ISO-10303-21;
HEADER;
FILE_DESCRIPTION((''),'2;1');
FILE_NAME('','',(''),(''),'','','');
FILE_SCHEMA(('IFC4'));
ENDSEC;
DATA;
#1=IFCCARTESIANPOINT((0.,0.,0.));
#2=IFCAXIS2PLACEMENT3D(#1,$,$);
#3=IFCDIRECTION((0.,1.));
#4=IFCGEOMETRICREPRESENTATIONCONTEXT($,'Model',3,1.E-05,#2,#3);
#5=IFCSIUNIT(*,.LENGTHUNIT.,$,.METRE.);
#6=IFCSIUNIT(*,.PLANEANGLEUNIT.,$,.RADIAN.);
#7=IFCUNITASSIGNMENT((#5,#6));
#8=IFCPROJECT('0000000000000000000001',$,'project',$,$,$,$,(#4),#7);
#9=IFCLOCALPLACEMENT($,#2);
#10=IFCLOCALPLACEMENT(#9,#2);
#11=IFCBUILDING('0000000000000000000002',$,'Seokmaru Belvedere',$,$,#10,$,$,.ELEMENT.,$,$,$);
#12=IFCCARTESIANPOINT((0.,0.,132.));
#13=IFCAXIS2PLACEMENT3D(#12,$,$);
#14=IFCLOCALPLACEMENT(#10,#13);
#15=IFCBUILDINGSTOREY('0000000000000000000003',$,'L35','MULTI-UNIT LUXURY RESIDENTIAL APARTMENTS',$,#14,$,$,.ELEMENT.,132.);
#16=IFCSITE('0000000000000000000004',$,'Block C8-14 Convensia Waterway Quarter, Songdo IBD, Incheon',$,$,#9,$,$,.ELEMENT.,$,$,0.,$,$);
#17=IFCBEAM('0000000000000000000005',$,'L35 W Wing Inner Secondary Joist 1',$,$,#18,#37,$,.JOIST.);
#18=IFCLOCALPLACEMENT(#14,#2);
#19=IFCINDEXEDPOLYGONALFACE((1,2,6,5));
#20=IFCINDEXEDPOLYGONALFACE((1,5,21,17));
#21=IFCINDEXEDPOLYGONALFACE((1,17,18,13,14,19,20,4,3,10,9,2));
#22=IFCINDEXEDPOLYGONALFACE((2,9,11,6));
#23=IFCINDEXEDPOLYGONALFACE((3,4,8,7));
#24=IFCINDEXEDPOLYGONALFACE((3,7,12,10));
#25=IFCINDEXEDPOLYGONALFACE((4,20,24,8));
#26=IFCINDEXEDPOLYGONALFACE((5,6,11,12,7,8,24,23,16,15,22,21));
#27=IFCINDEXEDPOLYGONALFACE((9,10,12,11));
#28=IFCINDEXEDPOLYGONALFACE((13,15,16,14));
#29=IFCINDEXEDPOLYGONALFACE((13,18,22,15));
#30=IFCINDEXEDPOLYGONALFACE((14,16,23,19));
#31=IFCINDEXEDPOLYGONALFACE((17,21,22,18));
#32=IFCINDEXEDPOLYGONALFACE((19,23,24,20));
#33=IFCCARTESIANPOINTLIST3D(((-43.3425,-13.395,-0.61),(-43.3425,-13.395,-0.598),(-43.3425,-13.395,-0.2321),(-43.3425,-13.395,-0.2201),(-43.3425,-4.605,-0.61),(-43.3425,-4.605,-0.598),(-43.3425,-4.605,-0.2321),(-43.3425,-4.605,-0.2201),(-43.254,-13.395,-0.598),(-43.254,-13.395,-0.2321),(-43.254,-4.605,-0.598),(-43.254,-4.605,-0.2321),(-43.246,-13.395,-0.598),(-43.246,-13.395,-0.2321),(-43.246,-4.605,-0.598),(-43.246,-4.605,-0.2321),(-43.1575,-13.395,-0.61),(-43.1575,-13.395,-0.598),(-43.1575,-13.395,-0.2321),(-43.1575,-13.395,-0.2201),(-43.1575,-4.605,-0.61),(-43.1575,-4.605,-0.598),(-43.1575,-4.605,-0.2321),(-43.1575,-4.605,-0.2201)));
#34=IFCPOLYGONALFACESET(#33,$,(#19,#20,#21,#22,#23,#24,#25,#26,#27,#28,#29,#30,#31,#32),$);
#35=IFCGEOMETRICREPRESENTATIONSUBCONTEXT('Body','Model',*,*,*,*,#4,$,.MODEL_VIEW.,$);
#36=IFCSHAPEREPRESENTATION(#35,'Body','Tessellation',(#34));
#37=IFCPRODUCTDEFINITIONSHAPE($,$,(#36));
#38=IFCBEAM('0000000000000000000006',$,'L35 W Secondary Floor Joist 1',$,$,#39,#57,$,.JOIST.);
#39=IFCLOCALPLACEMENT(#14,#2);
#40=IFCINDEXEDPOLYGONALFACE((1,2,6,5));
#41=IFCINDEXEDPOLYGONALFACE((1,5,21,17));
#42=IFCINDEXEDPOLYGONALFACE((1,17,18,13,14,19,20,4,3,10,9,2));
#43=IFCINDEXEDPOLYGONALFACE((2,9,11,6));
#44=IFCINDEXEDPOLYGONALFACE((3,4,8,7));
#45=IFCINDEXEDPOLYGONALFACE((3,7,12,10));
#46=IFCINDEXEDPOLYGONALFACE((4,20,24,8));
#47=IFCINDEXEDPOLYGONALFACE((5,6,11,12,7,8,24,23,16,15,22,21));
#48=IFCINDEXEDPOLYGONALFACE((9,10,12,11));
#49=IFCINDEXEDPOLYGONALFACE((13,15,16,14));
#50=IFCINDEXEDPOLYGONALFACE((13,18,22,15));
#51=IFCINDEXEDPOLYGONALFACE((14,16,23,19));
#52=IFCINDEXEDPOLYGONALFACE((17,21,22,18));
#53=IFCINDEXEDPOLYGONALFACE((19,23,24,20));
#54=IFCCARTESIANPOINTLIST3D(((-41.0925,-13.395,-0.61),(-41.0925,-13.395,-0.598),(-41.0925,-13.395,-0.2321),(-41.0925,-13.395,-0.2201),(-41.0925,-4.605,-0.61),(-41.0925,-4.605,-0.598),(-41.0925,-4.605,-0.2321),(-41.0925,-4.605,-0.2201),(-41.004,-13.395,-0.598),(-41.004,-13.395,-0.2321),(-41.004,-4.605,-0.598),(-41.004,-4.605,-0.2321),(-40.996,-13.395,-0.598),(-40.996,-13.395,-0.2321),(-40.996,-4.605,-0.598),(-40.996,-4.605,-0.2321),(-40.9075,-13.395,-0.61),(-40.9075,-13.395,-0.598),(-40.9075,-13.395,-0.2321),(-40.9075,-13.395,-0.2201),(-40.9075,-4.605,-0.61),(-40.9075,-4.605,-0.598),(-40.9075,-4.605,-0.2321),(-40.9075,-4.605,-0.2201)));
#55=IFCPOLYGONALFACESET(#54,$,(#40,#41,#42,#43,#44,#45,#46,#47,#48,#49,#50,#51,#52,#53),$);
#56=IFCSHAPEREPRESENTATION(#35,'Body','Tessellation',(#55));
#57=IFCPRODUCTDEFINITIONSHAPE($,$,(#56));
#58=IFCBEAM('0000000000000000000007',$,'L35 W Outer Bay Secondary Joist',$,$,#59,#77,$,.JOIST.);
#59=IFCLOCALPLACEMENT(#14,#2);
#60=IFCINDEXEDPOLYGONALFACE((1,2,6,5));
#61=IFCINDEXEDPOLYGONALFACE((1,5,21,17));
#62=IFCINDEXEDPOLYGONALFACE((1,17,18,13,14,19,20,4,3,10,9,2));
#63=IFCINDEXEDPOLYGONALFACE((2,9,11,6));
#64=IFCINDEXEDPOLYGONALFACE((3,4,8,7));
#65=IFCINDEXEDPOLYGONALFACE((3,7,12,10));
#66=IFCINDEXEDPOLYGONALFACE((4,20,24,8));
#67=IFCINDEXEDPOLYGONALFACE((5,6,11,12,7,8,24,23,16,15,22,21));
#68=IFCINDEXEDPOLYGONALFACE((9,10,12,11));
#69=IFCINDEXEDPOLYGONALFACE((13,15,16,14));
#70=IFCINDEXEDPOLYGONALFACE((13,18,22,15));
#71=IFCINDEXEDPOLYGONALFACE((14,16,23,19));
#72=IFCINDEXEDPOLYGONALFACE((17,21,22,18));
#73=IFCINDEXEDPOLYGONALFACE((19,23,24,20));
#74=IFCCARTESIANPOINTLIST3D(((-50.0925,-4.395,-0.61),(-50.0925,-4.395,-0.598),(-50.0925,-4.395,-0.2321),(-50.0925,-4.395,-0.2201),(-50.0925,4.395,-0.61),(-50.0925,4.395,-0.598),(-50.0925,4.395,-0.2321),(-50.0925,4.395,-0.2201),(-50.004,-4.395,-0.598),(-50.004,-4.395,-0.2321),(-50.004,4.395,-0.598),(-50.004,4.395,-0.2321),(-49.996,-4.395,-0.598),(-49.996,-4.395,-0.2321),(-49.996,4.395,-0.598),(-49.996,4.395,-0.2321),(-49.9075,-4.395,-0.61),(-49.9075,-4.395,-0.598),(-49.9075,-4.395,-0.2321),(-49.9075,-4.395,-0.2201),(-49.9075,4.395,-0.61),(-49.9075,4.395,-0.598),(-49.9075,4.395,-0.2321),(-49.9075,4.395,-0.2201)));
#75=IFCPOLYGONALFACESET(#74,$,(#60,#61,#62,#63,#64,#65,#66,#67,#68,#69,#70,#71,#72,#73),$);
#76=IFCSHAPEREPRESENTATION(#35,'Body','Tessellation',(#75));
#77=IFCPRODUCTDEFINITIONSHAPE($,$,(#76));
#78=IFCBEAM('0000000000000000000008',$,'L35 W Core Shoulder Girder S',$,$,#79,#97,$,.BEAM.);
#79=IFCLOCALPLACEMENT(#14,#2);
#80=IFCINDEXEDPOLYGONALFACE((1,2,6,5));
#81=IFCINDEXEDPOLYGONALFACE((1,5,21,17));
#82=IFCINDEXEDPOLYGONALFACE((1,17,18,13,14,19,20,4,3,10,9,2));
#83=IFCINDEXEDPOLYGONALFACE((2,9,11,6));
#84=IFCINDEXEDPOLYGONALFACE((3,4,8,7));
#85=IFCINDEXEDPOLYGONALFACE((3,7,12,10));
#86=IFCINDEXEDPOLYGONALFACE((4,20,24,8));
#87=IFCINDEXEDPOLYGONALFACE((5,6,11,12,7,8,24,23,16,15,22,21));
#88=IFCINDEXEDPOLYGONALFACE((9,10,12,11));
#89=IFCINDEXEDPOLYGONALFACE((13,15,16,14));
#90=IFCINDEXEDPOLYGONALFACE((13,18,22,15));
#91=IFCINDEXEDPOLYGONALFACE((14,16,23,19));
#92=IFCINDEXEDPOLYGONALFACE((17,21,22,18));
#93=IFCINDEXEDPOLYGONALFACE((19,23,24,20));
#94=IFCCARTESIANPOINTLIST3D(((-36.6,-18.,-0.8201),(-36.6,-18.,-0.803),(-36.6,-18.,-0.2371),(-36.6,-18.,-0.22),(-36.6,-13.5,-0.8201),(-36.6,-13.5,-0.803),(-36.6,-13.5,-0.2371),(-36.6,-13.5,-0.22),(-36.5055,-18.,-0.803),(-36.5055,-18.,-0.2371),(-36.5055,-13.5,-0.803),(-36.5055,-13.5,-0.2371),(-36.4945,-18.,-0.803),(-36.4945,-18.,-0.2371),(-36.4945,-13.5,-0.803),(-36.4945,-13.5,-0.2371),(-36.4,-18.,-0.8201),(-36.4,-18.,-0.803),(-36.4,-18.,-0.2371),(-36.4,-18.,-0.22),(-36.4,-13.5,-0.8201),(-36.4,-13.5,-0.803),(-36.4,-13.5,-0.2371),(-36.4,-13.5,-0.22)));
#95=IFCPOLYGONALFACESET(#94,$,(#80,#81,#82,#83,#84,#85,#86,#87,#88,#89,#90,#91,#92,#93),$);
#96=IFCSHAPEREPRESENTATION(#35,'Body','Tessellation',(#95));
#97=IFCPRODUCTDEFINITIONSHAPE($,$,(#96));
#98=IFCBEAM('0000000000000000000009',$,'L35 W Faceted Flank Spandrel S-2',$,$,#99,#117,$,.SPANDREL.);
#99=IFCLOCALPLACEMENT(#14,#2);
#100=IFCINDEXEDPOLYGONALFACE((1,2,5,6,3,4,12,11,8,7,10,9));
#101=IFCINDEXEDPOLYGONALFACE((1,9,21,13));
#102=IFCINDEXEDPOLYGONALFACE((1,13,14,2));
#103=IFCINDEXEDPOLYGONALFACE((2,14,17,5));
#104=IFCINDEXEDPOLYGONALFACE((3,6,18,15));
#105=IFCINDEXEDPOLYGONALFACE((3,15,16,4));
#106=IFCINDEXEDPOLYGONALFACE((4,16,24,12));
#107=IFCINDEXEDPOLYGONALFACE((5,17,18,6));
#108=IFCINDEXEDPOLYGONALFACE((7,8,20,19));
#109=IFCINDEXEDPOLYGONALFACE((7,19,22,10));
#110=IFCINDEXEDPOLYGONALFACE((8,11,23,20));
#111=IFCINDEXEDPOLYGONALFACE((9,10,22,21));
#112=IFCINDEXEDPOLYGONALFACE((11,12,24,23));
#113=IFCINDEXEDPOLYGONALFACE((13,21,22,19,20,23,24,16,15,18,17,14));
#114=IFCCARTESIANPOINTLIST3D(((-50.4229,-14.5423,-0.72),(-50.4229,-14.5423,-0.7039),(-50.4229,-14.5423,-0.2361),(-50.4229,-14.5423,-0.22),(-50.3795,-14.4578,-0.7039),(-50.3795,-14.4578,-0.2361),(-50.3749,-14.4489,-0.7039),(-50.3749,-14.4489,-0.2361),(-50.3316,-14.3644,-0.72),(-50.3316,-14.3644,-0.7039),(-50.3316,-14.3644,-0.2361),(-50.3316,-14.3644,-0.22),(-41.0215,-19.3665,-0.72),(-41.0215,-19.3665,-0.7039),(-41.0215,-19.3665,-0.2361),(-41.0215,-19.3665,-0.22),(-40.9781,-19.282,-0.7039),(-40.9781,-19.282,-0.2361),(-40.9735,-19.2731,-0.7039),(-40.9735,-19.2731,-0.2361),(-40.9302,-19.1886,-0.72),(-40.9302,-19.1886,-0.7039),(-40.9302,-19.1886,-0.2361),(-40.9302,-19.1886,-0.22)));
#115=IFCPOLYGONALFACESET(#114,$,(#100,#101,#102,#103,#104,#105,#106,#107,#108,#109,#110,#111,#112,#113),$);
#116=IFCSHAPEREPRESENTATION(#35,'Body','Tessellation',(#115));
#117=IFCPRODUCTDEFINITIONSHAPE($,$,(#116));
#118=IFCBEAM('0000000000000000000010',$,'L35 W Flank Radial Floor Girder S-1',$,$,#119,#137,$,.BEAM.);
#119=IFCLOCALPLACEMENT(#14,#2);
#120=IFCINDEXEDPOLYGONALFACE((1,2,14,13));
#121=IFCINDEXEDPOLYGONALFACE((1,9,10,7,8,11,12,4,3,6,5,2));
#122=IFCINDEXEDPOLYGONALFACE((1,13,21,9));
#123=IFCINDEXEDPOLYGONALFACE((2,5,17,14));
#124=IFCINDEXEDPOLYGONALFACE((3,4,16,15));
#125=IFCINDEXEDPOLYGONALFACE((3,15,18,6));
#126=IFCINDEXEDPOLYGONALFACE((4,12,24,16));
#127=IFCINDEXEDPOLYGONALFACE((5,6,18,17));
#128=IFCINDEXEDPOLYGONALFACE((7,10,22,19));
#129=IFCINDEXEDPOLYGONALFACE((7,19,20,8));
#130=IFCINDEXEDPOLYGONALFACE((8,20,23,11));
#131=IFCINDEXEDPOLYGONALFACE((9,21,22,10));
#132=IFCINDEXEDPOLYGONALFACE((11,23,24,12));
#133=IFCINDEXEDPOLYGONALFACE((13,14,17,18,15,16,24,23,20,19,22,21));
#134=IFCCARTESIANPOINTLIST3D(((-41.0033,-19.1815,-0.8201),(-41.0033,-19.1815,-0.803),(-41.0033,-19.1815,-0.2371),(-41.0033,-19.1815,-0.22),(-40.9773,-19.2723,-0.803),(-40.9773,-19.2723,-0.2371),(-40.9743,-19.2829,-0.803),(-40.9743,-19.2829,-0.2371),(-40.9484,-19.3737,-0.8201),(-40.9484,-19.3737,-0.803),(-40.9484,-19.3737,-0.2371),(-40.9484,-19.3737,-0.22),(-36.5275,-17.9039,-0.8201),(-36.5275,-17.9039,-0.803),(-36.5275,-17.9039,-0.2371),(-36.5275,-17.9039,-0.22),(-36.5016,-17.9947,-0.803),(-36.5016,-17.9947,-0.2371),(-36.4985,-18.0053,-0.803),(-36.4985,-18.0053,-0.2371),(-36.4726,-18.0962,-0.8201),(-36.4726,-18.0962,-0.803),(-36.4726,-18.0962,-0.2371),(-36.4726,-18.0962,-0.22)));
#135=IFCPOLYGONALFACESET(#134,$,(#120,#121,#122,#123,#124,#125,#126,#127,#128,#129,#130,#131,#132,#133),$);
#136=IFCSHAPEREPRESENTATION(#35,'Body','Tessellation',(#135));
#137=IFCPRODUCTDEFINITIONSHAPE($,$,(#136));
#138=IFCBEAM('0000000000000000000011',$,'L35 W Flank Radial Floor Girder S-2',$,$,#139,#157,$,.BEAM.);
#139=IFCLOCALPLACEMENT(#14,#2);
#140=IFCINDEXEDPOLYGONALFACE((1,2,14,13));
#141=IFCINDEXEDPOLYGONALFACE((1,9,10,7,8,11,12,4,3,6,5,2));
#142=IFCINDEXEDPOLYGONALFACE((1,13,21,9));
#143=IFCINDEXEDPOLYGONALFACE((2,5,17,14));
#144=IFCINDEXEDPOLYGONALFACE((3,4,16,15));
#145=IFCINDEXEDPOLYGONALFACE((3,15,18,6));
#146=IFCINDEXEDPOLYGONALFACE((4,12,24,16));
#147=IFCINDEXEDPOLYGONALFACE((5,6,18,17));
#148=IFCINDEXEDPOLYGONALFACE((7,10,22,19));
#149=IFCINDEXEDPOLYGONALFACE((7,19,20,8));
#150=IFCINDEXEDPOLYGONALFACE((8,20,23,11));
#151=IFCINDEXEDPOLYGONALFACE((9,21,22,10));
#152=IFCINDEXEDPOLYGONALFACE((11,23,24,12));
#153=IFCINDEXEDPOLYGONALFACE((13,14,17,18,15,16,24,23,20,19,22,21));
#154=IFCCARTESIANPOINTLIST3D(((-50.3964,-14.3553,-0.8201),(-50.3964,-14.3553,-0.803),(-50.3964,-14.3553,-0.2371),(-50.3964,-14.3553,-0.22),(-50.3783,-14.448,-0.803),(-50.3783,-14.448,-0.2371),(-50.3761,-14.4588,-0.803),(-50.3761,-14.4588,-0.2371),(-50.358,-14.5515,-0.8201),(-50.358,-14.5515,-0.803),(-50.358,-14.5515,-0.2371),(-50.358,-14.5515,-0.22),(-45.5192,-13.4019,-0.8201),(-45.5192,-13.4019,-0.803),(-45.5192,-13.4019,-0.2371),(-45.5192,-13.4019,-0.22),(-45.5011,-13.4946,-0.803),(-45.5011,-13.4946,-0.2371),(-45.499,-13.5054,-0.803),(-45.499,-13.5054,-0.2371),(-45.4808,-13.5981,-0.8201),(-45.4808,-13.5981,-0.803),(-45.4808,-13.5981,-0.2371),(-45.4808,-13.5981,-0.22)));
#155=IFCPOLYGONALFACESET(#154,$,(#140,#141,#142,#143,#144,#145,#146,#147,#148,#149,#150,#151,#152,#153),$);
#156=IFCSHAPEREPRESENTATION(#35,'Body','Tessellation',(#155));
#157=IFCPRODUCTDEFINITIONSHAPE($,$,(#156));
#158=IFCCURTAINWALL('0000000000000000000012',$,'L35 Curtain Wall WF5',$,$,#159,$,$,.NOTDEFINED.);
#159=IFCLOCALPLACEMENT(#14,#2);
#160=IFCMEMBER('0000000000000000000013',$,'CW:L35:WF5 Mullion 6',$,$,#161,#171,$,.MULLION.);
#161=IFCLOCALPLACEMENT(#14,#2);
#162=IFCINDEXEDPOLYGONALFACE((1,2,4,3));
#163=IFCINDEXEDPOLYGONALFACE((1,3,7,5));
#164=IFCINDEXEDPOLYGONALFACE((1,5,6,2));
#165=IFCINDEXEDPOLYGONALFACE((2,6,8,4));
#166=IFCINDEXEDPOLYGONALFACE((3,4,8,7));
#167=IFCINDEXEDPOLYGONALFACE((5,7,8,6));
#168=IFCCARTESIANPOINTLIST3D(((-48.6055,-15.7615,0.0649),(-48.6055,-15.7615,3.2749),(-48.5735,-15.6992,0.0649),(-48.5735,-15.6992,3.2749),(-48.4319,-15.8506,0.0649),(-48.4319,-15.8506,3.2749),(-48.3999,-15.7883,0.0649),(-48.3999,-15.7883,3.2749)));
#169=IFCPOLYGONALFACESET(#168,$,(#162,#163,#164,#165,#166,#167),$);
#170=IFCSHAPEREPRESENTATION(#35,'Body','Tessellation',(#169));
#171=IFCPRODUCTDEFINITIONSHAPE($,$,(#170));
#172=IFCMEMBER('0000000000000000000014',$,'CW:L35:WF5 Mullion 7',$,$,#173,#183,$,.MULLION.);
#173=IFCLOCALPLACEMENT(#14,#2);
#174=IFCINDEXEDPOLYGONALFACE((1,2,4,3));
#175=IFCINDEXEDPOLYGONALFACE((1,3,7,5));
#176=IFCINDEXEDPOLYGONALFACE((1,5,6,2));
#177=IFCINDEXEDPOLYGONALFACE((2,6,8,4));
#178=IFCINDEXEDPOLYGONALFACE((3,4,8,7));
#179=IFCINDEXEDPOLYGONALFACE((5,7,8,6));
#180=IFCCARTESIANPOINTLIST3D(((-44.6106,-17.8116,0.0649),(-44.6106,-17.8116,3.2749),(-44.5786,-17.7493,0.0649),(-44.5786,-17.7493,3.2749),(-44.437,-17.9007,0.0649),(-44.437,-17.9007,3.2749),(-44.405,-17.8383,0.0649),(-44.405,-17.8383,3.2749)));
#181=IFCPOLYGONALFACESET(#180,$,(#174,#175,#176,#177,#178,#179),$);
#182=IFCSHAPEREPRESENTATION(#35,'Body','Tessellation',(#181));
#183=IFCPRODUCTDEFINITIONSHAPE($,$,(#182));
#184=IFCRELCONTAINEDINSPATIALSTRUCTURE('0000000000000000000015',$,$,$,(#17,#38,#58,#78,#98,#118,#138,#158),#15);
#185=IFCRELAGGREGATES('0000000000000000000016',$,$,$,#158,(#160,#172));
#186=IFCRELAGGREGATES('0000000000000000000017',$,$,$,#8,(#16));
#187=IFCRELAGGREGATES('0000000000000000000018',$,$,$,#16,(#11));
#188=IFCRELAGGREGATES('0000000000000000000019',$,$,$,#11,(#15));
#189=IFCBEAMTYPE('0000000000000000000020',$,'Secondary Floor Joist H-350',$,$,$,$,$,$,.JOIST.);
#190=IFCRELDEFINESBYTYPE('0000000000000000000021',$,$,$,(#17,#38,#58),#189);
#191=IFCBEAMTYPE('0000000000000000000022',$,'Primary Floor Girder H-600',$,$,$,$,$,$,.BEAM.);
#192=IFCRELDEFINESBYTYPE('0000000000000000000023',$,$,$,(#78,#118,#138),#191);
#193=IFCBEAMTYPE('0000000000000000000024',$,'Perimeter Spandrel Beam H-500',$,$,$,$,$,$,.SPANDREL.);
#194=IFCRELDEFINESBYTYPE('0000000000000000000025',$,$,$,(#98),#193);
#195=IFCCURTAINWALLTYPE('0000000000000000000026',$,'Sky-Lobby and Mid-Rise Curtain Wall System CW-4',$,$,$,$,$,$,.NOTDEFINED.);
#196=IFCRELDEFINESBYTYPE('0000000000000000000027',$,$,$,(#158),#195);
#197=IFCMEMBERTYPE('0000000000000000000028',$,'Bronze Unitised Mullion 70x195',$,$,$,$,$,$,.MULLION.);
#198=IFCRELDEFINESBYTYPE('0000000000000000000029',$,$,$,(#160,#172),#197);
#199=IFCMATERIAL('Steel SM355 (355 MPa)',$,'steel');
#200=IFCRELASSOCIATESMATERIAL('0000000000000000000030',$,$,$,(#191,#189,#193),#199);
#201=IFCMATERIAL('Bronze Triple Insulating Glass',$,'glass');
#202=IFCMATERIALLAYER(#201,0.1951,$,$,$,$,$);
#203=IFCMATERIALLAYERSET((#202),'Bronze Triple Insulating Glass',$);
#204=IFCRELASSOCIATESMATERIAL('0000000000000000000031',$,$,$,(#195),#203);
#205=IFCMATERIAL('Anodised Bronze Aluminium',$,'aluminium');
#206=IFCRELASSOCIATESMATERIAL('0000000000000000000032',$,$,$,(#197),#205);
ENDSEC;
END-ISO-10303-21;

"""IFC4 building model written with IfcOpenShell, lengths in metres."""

from ifc_helpers import new_model, si_unit, direction, frame, origin, origin_2d, place, context, subcontext, project, spatial, rectangle, i_section, extrude, source, transform, mapped, material, layer, layer_set, material_profile, profile_set, type_object, type_shapes, element, aggregate, save


model = new_model("IFC4")

# Units and contexts
model_context = context("Model", 3, precision=1e-05, world=origin(), true_north=direction((0.0, 1.0)))
body_context = subcontext(model_context, "Body", "Model", "MODEL_VIEW")
ifc_project = project(units=[si_unit("LENGTHUNIT", "METRE"), si_unit("PLANEANGLEUNIT", "RADIAN")], contexts=[model_context])

# Site, building, storey
site_placement = place(None, origin())
site = spatial("IfcSite", under=ifc_project, at=site_placement, Name="Block C8-14 Convensia Waterway Quarter, Songdo IBD, Incheon", CompositionType="ELEMENT", RefElevation=0.0)
building_placement = place(site_placement, origin())
building = spatial("IfcBuilding", under=site, at=building_placement, Name="Seokmaru Belvedere", CompositionType="ELEMENT")
storey_placement = place(building_placement, frame((0.0, 0.0, 132.0)))
storey = spatial("IfcBuildingStorey", under=building, at=storey_placement, Name="L35", Description="MULTI-UNIT LUXURY RESIDENTIAL APARTMENTS", CompositionType="ELEMENT", Elevation=132.0)

# Shared definitions
ifc_material_1 = material(Name="Steel SM355 (355 MPa)", Category="steel")

# Beams
ifc_material_profile_1 = material_profile(ifc_material_1, i_section(OverallWidth=0.2, OverallDepth=0.6001, WebThickness=0.011, FlangeThickness=0.0171, at=origin_2d()), Name="H-600x200x11x17")
ifc_profile_set_1 = profile_set([ifc_material_profile_1], Name="Steel SM355 (355 MPa)")
beam_type_1 = type_object("IfcBeamType", Name="Primary Floor Girder H-600", PredefinedType="BEAM", material=ifc_profile_set_1)
ifc_material_profile_2 = material_profile(ifc_material_1, i_section(OverallWidth=0.1851, OverallDepth=0.3899, WebThickness=0.0081, FlangeThickness=0.012, at=origin_2d()), Name="H-390x185x8x12")
ifc_profile_set_2 = profile_set([ifc_material_profile_2], Name="Steel SM355 (355 MPa)")
beam_type_2 = type_object("IfcBeamType", Name="Secondary Floor Joist H-350", PredefinedType="JOIST", material=ifc_profile_set_2)
shared_shape_1 = source(origin(), body_context, "Body", "SweptSolid", [
    extrude(i_section(OverallWidth=0.1851, OverallDepth=0.3899, WebThickness=0.0081, FlangeThickness=0.012, at=origin_2d()), origin(), (0.0, 0.0, 1.0), 8.79),
])
type_shapes(beam_type_2, [shared_shape_1])
for number, where, z_axis, x_axis, name in (
    (1, (-43.25, -13.395, -0.415), (0.0, 1.0, 0.0), (-1.0, 0.0, 0.0), "L35 W Wing Inner Secondary Joist 1"),
    (2, (-41.0, -13.395, -0.415), (0.0, 1.0, 0.0), (-1.0, 0.0, 0.0), "L35 W Secondary Floor Joist 1"),
    (3, (-50.0, -4.395, -0.415), (0.0, 1.0, 0.0), (-1.0, 0.0, 0.0), "L35 W Outer Bay Secondary Joist"),
):
    element("IfcBeam", number, at=place(storey_placement, frame(where, z_axis=z_axis, x_axis=x_axis)), inside=storey, type_object=beam_type_2, Name=name, PredefinedType="JOIST", context=body_context, shape_type="MappedRepresentation", body=[
        mapped(shared_shape_1, transform((0.0, 0.0, 0.0), scale=1.0)),
    ])
shared_shape_2 = source(origin(), body_context, "Body", "SweptSolid", [
    extrude(i_section(OverallWidth=0.2, OverallDepth=0.6001, WebThickness=0.011, FlangeThickness=0.0171, at=origin_2d()), origin(), (0.0, 0.0, 1.0), 4.5),
])
beam_1_placement = place(storey_placement, frame((-36.5, -18.0, -0.52), z_axis=(0.0, 1.0, 0.0), x_axis=(-1.0, 0.0, 0.0)))
element("IfcBeam", 4, at=beam_1_placement, inside=storey, type_object=beam_type_1, Name="L35 W Core Shoulder Girder S", PredefinedType="BEAM", context=body_context, shape_type="MappedRepresentation", body=[
    mapped(shared_shape_2, transform((0.0, 0.0, 0.0), scale=1.0)),
])
ifc_material_profile_3 = material_profile(ifc_material_1, i_section(OverallWidth=0.2, OverallDepth=0.5, WebThickness=0.01, FlangeThickness=0.0161, at=origin_2d()), Name="H-500x200x10x16")
ifc_profile_set_3 = profile_set([ifc_material_profile_3], Name="Steel SM355 (355 MPa)")
beam_type_3 = type_object("IfcBeamType", Name="Perimeter Spandrel Beam H-500", PredefinedType="SPANDREL", material=ifc_profile_set_3)
shared_shape_3 = source(origin(), body_context, "Body", "SweptSolid", [
    extrude(i_section(OverallWidth=0.2, OverallDepth=0.5, WebThickness=0.01, FlangeThickness=0.0161, at=origin_2d()), origin(), (0.0, 0.0, 1.0), 10.5669),
])
type_shapes(beam_type_3, [shared_shape_3])
beam_2_placement = place(storey_placement, frame((-40.9758, -19.2776, -0.47), z_axis=(-0.889702, 0.456542, 0.0), x_axis=(-0.456542, -0.889702, 0.0)))
element("IfcBeam", 5, at=beam_2_placement, inside=storey, type_object=beam_type_3, Name="L35 W Faceted Flank Spandrel S-2", PredefinedType="SPANDREL", context=body_context, shape_type="MappedRepresentation", body=[
    mapped(shared_shape_3, transform((0.0, 0.0, 0.0), scale=1.0)),
])
shared_shape_4 = source(origin(), body_context, "Body", "SweptSolid", [
    extrude(i_section(OverallWidth=0.2, OverallDepth=0.6001, WebThickness=0.011, FlangeThickness=0.0171, at=origin_2d()), origin(), (0.0, 0.0, 1.0), 4.6545),
])
beam_3_placement = place(storey_placement, frame((-40.9758, -19.2776, -0.52), z_axis=(0.961593, 0.274479, 0.0), x_axis=(-0.274479, 0.961593, 0.0)))
element("IfcBeam", 6, at=beam_3_placement, inside=storey, type_object=beam_type_1, Name="L35 W Flank Radial Floor Girder S-1", PredefinedType="BEAM", context=body_context, shape_type="MappedRepresentation", body=[
    mapped(shared_shape_4, transform((0.0, 0.0, 0.0), scale=1.0)),
])
shared_shape_5 = source(origin(), body_context, "Body", "SweptSolid", [
    extrude(i_section(OverallWidth=0.2, OverallDepth=0.6001, WebThickness=0.011, FlangeThickness=0.0171, at=origin_2d()), origin(), (0.0, 0.0, 1.0), 4.9695),
])
beam_4_placement = place(storey_placement, frame((-50.3772, -14.4534, -0.52), z_axis=(0.981425, 0.191844, 0.0), x_axis=(-0.191844, 0.981425, 0.0)))
element("IfcBeam", 7, at=beam_4_placement, inside=storey, type_object=beam_type_1, Name="L35 W Flank Radial Floor Girder S-2", PredefinedType="BEAM", context=body_context, shape_type="MappedRepresentation", body=[
    mapped(shared_shape_5, transform((0.0, 0.0, 0.0), scale=1.0)),
])

# Curtain wall, members
ifc_material_2 = material(Name="Bronze Triple Insulating Glass", Category="glass")
ifc_layer_1 = layer(ifc_material_2, 0.1951)
ifc_layer_set_1 = layer_set([ifc_layer_1], Name="Bronze Triple Insulating Glass")
curtain_wall_type = type_object("IfcCurtainWallType", Name="Sky-Lobby and Mid-Rise Curtain Wall System CW-4", PredefinedType="NOTDEFINED", material=ifc_layer_set_1)
curtain_wall_placement = place(storey_placement, origin())
curtain_wall = element("IfcCurtainWall", 8, at=curtain_wall_placement, inside=storey, type_object=curtain_wall_type, Name="L35 Curtain Wall WF5", PredefinedType="NOTDEFINED")
ifc_material_3 = material(Name="Anodised Bronze Aluminium", Category="aluminium")
ifc_material_profile_4 = material_profile(ifc_material_3, rectangle(XDim=0.0701, YDim=0.1951, at=origin_2d()), Name="CW-M-70x195")
ifc_profile_set_4 = profile_set([ifc_material_profile_4], Name="Anodised Bronze Aluminium")
member_type = type_object("IfcMemberType", Name="Bronze Unitised Mullion 70x195", PredefinedType="MULLION", material=ifc_profile_set_4)
shared_shape_6 = source(origin(), body_context, "Body", "SweptSolid", [
    extrude(rectangle(XDim=0.0701, YDim=0.1951, at=origin_2d()), origin(), (0.0, 0.0, 1.0), 3.21),
])
type_shapes(member_type, [shared_shape_6])
member_1_placement = place(storey_placement, frame((-48.5027, -15.7749, 0.0649), z_axis=(0.0, 0.0, 1.0), x_axis=(0.456555, 0.889695, 0.0)))
member_1 = element("IfcMember", 9, at=member_1_placement, type_object=member_type, Name="CW:L35:WF5 Mullion 6", PredefinedType="MULLION", context=body_context, shape_type="MappedRepresentation", body=[
    mapped(shared_shape_6, transform((0.0, 0.0, 0.0), scale=1.0)),
])
member_2_placement = place(storey_placement, frame((-44.5078, -17.825, 0.0649), z_axis=(0.0, 0.0, 1.0), x_axis=(0.456555, 0.889695, 0.0)))
member_2 = element("IfcMember", 10, at=member_2_placement, type_object=member_type, Name="CW:L35:WF5 Mullion 7", PredefinedType="MULLION", context=body_context, shape_type="MappedRepresentation", body=[
    mapped(shared_shape_6, transform((0.0, 0.0, 0.0), scale=1.0)),
])
aggregate(curtain_wall, [member_1, member_2])

save(model, "model.ifc")
